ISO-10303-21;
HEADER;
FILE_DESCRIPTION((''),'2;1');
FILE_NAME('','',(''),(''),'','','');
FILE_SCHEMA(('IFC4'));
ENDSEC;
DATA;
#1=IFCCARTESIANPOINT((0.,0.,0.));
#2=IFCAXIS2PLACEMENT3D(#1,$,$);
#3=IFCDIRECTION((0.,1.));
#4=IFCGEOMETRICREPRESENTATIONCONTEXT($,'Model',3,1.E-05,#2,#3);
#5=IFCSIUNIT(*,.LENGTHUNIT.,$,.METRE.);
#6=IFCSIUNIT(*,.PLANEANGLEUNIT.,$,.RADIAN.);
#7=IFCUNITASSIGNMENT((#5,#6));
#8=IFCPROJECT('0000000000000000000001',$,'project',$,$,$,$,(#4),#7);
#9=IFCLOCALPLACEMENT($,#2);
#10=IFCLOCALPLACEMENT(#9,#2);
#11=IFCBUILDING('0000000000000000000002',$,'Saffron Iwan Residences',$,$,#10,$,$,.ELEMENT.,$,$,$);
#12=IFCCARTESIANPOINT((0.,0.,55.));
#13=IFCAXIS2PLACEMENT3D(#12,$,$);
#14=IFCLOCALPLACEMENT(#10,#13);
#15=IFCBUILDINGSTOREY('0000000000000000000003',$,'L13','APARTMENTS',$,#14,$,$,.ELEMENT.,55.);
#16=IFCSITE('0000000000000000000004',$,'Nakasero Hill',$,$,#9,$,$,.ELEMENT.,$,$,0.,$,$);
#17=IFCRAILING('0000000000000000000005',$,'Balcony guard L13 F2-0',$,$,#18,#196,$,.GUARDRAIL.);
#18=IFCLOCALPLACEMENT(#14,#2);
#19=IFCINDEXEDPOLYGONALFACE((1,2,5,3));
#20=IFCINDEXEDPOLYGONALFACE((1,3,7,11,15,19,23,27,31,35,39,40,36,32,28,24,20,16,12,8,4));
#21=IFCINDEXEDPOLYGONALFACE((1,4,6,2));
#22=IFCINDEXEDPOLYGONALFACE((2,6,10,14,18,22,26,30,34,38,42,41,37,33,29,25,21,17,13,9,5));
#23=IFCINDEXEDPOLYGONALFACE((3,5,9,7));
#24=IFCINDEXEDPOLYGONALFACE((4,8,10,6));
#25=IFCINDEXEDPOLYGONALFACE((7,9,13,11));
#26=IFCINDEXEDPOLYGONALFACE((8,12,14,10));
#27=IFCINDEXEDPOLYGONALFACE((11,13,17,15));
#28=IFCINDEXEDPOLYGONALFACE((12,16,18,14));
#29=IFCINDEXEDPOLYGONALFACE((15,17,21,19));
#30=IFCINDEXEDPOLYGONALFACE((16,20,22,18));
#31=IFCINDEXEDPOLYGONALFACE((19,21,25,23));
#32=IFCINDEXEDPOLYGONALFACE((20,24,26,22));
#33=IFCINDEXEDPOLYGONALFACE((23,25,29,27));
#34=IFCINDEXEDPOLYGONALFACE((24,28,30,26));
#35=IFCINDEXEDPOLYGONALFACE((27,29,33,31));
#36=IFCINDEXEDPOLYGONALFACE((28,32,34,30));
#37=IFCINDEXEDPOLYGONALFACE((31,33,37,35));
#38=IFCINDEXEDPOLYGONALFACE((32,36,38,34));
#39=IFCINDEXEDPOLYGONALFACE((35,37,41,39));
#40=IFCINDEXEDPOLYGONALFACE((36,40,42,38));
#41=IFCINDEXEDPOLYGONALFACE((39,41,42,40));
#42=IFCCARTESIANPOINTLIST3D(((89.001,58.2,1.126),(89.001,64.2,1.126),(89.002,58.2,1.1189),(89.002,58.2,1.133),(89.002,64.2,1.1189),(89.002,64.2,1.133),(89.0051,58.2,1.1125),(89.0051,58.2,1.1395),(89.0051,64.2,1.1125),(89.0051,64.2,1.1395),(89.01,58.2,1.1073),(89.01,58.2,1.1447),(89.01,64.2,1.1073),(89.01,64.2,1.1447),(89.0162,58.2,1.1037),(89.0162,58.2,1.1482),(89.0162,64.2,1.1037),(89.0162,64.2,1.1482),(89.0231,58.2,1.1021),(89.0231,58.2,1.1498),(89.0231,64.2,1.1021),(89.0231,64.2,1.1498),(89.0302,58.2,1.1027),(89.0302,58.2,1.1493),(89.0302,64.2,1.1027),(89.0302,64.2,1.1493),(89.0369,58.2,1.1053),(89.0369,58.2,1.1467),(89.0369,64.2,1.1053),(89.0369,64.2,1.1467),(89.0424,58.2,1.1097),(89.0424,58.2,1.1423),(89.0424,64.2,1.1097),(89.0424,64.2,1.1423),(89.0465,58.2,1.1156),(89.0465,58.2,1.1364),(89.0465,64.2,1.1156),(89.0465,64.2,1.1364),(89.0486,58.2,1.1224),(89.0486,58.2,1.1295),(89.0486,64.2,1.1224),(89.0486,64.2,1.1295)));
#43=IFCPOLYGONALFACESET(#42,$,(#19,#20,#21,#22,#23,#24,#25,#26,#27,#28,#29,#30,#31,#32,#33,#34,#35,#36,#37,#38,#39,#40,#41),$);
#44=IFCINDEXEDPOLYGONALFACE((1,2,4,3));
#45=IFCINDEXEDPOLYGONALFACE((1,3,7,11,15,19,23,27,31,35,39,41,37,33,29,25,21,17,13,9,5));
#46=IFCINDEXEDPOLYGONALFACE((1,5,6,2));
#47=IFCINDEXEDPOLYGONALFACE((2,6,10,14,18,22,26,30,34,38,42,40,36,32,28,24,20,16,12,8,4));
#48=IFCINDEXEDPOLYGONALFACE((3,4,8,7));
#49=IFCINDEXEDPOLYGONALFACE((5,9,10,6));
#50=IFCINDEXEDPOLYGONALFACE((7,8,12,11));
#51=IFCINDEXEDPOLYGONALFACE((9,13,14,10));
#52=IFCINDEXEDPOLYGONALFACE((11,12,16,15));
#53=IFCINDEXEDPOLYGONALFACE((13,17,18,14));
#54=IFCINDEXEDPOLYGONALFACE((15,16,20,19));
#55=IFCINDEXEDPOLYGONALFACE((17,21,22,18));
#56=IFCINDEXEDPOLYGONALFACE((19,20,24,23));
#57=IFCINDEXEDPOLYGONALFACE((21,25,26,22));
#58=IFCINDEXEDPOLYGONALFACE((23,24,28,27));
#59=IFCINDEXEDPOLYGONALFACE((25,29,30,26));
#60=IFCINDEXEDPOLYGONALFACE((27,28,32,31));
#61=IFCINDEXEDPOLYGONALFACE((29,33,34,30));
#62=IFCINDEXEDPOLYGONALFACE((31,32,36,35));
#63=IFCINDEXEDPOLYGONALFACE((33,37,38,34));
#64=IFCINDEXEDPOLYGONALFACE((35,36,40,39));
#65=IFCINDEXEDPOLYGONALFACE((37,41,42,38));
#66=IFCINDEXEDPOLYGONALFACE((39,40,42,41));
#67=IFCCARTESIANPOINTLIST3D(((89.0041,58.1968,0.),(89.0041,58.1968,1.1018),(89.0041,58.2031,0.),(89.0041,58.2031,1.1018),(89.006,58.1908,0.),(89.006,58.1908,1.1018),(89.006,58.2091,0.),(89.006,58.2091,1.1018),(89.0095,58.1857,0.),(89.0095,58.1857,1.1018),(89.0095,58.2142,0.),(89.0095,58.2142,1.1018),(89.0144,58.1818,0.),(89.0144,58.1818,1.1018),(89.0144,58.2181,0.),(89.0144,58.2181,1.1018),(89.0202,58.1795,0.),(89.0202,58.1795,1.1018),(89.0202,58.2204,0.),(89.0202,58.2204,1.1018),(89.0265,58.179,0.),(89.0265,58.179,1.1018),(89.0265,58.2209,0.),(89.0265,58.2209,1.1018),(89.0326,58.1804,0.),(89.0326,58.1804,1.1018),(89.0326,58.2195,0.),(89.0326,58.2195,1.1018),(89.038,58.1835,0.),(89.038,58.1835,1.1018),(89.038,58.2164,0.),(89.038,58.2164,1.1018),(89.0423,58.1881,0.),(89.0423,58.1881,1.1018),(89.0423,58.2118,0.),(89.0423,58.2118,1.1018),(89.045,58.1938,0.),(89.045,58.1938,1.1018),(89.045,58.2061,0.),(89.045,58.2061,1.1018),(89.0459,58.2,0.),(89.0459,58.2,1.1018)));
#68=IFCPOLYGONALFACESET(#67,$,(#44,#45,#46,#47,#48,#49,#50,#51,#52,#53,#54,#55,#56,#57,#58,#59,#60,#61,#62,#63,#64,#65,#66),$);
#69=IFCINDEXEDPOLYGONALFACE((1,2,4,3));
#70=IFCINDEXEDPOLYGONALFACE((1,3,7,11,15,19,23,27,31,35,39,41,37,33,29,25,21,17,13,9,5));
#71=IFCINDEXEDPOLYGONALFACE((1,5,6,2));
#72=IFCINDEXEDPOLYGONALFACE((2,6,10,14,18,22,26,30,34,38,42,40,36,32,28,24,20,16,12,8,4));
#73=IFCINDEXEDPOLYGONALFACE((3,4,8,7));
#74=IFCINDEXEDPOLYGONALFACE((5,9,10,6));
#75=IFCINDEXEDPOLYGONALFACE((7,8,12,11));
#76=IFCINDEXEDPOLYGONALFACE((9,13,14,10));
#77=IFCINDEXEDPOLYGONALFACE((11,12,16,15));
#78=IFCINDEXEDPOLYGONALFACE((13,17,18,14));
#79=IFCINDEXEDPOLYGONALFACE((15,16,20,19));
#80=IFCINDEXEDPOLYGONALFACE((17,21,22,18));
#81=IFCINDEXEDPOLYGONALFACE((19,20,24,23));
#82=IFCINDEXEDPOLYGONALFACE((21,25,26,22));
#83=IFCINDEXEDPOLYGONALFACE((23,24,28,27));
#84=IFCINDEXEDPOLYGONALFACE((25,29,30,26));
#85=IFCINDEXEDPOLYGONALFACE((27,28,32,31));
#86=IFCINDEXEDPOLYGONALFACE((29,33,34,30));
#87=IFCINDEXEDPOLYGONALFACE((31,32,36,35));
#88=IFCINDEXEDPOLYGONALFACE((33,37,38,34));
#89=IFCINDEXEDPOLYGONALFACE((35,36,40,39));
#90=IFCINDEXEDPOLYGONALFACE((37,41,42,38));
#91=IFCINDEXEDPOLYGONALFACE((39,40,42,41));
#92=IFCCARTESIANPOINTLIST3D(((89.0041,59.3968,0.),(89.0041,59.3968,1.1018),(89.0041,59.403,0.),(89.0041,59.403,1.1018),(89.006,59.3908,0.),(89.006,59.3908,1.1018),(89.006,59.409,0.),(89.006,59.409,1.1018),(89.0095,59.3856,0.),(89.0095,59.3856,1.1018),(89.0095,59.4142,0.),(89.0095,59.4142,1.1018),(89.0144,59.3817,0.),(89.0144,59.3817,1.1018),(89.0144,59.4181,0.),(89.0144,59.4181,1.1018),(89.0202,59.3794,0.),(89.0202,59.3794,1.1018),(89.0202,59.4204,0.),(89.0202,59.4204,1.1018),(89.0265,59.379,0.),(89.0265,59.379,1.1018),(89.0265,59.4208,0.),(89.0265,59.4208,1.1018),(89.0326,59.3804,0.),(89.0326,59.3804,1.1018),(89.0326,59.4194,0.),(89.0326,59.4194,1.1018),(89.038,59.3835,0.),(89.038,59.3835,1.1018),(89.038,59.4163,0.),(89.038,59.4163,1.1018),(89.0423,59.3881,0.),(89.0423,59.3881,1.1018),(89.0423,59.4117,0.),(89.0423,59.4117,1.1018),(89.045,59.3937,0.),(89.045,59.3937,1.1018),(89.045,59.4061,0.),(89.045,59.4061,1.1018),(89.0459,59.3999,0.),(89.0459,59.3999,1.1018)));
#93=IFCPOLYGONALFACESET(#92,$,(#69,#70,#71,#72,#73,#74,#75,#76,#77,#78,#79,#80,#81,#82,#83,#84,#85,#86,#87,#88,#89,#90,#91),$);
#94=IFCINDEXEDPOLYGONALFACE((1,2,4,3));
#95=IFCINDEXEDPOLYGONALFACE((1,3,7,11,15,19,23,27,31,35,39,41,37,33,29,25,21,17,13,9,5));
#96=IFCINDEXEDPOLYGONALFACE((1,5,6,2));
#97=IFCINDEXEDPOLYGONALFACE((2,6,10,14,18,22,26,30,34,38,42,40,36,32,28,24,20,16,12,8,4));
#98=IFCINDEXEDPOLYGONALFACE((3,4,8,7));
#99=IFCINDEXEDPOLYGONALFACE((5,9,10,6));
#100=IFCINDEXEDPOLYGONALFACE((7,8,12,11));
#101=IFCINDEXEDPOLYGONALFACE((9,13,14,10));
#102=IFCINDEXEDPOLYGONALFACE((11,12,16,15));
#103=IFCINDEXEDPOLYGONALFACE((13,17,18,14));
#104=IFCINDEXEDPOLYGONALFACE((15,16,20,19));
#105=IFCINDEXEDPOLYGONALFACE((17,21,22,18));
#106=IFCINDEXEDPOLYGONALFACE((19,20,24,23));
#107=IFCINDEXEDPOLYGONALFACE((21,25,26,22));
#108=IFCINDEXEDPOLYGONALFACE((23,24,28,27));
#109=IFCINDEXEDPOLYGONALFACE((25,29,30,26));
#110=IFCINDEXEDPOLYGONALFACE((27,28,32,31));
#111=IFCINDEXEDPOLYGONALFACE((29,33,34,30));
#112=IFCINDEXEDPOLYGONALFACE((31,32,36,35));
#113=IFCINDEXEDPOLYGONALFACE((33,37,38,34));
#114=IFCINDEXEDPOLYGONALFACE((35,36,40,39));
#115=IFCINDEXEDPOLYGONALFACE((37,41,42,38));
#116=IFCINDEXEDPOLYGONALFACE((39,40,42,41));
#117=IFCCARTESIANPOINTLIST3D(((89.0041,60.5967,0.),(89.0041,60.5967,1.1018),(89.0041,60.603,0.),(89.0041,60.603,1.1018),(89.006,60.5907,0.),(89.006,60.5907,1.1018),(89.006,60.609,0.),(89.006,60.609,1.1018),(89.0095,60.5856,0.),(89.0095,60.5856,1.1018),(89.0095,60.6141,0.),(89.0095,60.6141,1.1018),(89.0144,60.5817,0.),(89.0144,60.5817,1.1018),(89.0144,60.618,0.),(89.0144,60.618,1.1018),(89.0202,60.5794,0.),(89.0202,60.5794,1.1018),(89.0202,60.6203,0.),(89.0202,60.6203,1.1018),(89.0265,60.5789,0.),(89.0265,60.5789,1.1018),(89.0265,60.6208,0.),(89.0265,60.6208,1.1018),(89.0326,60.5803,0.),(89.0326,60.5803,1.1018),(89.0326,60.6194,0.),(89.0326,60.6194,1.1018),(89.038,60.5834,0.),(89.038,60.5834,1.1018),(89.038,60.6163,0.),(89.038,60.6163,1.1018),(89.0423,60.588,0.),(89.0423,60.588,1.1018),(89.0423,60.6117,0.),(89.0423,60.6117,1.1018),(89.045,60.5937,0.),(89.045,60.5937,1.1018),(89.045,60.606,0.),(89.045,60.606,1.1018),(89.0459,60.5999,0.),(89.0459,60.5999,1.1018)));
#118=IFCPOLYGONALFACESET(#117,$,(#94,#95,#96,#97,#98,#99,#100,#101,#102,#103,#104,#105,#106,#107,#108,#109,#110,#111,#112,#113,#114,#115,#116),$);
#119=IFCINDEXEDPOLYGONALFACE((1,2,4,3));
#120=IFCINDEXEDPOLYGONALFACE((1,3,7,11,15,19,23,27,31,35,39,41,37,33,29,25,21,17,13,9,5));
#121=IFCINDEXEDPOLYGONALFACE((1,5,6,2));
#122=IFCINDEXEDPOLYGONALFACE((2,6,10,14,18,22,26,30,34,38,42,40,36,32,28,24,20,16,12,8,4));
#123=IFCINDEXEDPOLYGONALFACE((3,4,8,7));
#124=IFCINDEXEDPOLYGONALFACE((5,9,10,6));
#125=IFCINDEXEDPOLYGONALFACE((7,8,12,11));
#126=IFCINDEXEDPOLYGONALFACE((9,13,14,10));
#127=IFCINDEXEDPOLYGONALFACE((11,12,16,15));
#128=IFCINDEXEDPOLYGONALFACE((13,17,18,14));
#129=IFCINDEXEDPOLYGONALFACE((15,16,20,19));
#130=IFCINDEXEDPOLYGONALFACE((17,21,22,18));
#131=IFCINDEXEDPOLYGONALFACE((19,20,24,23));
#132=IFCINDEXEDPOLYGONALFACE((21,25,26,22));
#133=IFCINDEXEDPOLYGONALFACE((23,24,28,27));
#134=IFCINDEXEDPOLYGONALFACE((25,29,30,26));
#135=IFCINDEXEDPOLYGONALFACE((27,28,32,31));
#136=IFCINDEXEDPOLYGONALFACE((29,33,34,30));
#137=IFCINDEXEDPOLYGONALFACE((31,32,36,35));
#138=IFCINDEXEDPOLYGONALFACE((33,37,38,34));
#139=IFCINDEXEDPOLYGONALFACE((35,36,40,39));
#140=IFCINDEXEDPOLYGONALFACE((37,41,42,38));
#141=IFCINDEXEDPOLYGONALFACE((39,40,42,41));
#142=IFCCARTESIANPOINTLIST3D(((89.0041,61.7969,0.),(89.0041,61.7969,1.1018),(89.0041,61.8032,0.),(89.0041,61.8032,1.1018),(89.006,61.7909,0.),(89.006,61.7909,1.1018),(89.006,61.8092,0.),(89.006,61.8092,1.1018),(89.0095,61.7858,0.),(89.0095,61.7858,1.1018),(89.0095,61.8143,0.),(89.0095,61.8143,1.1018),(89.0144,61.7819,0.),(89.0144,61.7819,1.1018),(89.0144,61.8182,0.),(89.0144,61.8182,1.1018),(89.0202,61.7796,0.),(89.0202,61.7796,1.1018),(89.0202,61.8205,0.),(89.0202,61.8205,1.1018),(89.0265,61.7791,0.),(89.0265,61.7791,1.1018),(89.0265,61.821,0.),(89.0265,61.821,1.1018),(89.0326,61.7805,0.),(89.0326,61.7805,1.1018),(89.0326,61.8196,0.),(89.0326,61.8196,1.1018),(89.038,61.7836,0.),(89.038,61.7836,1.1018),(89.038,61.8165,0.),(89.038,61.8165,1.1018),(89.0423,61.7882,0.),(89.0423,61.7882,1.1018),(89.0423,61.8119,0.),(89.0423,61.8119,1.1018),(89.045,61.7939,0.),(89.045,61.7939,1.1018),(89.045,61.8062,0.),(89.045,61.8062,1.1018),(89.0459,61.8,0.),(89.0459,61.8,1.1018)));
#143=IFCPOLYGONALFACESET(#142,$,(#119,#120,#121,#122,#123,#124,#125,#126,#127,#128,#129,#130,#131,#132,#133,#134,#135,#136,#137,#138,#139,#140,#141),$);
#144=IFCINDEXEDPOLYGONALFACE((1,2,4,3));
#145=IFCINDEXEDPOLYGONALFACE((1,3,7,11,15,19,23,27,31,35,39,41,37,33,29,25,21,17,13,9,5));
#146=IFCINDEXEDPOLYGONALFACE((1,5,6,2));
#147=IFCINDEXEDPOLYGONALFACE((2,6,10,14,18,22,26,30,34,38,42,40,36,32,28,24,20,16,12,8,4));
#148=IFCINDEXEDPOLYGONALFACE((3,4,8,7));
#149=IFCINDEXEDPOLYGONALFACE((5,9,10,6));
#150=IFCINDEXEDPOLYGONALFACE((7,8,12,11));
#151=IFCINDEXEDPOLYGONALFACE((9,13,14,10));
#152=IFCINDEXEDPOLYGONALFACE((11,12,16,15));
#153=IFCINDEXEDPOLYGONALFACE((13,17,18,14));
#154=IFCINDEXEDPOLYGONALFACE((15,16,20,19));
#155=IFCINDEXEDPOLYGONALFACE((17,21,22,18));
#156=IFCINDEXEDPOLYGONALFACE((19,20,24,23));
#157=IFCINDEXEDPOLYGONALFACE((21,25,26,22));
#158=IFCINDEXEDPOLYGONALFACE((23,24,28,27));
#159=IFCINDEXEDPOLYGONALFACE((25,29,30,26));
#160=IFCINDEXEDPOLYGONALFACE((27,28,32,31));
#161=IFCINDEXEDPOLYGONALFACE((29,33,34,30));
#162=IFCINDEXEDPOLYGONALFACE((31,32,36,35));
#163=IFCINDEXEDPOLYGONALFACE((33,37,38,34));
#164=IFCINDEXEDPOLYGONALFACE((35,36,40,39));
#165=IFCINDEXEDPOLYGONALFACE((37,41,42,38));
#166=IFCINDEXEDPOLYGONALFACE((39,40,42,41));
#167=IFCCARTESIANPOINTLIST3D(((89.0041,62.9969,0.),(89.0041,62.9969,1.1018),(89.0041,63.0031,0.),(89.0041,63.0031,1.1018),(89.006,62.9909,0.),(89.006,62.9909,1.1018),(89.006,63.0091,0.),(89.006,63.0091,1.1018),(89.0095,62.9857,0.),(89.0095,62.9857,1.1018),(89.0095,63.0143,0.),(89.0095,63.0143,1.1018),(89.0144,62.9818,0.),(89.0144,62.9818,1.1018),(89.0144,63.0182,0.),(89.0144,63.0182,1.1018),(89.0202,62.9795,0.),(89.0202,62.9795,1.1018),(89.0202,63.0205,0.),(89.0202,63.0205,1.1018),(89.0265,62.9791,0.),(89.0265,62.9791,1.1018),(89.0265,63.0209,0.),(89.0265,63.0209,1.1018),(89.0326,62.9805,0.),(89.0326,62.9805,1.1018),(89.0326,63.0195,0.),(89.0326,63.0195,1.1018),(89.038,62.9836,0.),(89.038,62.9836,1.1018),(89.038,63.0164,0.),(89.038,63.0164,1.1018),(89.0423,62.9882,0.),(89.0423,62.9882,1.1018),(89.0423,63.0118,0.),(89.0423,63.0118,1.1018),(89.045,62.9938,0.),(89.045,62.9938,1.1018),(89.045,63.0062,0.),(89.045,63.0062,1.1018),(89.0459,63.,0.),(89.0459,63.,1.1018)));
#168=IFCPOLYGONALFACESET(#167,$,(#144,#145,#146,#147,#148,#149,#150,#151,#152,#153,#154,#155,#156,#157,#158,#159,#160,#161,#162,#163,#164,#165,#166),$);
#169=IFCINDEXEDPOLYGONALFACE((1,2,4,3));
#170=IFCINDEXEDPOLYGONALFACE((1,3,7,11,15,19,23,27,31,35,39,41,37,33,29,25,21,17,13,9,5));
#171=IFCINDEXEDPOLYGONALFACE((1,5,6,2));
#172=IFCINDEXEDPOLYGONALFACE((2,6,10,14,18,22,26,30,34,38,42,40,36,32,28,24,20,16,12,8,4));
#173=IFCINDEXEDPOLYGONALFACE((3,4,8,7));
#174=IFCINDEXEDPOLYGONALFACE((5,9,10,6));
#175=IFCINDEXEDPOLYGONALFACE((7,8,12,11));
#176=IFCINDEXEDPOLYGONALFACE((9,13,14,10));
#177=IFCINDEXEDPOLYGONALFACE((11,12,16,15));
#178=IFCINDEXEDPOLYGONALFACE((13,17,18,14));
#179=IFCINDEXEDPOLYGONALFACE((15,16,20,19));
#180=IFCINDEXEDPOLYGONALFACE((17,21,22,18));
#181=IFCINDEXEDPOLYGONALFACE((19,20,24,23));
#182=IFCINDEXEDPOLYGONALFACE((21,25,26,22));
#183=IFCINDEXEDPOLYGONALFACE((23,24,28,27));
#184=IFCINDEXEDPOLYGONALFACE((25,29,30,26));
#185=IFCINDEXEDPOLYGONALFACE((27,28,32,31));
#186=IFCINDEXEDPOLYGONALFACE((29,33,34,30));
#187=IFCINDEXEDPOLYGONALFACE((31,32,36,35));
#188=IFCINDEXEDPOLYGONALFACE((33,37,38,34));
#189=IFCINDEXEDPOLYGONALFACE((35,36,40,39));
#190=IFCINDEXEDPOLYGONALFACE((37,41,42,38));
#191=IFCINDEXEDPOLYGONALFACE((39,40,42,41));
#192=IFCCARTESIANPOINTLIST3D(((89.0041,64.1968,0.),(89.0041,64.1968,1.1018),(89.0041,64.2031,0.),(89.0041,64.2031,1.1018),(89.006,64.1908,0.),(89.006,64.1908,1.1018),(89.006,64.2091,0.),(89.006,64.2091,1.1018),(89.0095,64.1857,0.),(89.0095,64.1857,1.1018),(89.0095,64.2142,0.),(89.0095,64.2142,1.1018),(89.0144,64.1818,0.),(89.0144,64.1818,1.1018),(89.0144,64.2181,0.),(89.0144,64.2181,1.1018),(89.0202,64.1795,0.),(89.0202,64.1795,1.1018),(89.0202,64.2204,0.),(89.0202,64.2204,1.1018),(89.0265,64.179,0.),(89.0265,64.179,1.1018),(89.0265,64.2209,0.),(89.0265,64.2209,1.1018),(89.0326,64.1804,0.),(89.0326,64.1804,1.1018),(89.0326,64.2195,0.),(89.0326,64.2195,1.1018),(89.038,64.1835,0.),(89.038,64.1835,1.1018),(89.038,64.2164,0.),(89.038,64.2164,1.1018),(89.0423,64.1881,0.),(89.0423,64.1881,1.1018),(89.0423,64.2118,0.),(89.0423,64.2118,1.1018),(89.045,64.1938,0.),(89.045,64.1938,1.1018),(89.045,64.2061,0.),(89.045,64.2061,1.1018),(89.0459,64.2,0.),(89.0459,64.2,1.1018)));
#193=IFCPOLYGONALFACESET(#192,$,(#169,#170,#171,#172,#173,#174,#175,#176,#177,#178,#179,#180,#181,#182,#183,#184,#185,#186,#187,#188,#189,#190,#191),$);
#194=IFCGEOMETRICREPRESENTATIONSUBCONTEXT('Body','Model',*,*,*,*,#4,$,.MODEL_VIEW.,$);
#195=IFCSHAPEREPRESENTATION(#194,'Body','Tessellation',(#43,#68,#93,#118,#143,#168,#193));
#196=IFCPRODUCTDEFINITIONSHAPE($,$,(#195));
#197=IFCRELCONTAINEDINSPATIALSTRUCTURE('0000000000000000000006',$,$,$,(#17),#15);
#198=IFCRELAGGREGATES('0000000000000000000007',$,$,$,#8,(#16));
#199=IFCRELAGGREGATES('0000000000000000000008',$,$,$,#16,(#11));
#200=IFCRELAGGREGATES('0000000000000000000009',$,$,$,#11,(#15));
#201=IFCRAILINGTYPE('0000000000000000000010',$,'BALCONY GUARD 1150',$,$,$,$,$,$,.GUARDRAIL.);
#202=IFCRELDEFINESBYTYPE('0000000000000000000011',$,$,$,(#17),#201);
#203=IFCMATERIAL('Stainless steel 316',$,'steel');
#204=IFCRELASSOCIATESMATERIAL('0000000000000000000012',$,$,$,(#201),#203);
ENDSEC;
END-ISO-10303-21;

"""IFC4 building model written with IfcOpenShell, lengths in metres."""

from ifc_helpers import new_model, si_unit, direction, frame, origin, origin_2d, place, context, subcontext, project, spatial, circle, extrude, material, type_object, element, save


model = new_model("IFC4")

# Units and contexts
model_context = context("Model", 3, precision=1e-05, world=origin(), true_north=direction((0.0, 1.0)))
body_context = subcontext(model_context, "Body", "Model", "MODEL_VIEW")
ifc_project = project(units=[si_unit("LENGTHUNIT", "METRE"), si_unit("PLANEANGLEUNIT", "RADIAN")], contexts=[model_context])

# Site, building, storey
site_placement = place(None, origin())
site = spatial("IfcSite", under=ifc_project, at=site_placement, Name="Nakasero Hill", CompositionType="ELEMENT", RefElevation=0.0)
building_placement = place(site_placement, origin())
building = spatial("IfcBuilding", under=site, at=building_placement, Name="Saffron Iwan Residences", CompositionType="ELEMENT")
storey_placement = place(building_placement, frame((0.0, 0.0, 55.0)))
storey = spatial("IfcBuildingStorey", under=building, at=storey_placement, Name="L13", Description="APARTMENTS", CompositionType="ELEMENT", Elevation=55.0)

# Railing
ifc_material_1 = material(Name="Stainless steel 316", Category="steel")
railing_type = type_object("IfcRailingType", Name="BALCONY GUARD 1150", PredefinedType="GUARDRAIL", material=ifc_material_1)
railing_placement = place(storey_placement, frame((89.0249, 58.2, 0.0)))
element("IfcRailing", 1, at=railing_placement, inside=storey, type_object=railing_type, Name="Balcony guard L13 F2-0", PredefinedType="GUARDRAIL", context=body_context, shape_type="SweptSolid", body=[
    extrude(circle(Radius=0.0239, at=origin_2d()), frame((0.0, 0.0, 1.126), z_axis=(0.0, 1.0, 0.0), x_axis=(-1.0, 0.0, 0.0)), (0.0, 0.0, 1.0), 6.0),
    extrude(circle(Radius=0.021, at=origin_2d()), origin(), (0.0, 0.0, 1.0), 1.1018),
    extrude(circle(Radius=0.021, at=origin_2d()), frame((0.0, 1.2, 0.0)), (0.0, 0.0, 1.0), 1.1018),
    extrude(circle(Radius=0.021, at=origin_2d()), frame((0.0, 2.3999, 0.0)), (0.0, 0.0, 1.0), 1.1018),
    extrude(circle(Radius=0.021, at=origin_2d()), frame((0.0, 3.6001, 0.0)), (0.0, 0.0, 1.0), 1.1018),
    extrude(circle(Radius=0.021, at=origin_2d()), frame((0.0, 4.8, 0.0)), (0.0, 0.0, 1.0), 1.1018),
    extrude(circle(Radius=0.021, at=origin_2d()), frame((0.0, 6.0, 0.0)), (0.0, 0.0, 1.0), 1.1018),
])

save(model, "model.ifc")
